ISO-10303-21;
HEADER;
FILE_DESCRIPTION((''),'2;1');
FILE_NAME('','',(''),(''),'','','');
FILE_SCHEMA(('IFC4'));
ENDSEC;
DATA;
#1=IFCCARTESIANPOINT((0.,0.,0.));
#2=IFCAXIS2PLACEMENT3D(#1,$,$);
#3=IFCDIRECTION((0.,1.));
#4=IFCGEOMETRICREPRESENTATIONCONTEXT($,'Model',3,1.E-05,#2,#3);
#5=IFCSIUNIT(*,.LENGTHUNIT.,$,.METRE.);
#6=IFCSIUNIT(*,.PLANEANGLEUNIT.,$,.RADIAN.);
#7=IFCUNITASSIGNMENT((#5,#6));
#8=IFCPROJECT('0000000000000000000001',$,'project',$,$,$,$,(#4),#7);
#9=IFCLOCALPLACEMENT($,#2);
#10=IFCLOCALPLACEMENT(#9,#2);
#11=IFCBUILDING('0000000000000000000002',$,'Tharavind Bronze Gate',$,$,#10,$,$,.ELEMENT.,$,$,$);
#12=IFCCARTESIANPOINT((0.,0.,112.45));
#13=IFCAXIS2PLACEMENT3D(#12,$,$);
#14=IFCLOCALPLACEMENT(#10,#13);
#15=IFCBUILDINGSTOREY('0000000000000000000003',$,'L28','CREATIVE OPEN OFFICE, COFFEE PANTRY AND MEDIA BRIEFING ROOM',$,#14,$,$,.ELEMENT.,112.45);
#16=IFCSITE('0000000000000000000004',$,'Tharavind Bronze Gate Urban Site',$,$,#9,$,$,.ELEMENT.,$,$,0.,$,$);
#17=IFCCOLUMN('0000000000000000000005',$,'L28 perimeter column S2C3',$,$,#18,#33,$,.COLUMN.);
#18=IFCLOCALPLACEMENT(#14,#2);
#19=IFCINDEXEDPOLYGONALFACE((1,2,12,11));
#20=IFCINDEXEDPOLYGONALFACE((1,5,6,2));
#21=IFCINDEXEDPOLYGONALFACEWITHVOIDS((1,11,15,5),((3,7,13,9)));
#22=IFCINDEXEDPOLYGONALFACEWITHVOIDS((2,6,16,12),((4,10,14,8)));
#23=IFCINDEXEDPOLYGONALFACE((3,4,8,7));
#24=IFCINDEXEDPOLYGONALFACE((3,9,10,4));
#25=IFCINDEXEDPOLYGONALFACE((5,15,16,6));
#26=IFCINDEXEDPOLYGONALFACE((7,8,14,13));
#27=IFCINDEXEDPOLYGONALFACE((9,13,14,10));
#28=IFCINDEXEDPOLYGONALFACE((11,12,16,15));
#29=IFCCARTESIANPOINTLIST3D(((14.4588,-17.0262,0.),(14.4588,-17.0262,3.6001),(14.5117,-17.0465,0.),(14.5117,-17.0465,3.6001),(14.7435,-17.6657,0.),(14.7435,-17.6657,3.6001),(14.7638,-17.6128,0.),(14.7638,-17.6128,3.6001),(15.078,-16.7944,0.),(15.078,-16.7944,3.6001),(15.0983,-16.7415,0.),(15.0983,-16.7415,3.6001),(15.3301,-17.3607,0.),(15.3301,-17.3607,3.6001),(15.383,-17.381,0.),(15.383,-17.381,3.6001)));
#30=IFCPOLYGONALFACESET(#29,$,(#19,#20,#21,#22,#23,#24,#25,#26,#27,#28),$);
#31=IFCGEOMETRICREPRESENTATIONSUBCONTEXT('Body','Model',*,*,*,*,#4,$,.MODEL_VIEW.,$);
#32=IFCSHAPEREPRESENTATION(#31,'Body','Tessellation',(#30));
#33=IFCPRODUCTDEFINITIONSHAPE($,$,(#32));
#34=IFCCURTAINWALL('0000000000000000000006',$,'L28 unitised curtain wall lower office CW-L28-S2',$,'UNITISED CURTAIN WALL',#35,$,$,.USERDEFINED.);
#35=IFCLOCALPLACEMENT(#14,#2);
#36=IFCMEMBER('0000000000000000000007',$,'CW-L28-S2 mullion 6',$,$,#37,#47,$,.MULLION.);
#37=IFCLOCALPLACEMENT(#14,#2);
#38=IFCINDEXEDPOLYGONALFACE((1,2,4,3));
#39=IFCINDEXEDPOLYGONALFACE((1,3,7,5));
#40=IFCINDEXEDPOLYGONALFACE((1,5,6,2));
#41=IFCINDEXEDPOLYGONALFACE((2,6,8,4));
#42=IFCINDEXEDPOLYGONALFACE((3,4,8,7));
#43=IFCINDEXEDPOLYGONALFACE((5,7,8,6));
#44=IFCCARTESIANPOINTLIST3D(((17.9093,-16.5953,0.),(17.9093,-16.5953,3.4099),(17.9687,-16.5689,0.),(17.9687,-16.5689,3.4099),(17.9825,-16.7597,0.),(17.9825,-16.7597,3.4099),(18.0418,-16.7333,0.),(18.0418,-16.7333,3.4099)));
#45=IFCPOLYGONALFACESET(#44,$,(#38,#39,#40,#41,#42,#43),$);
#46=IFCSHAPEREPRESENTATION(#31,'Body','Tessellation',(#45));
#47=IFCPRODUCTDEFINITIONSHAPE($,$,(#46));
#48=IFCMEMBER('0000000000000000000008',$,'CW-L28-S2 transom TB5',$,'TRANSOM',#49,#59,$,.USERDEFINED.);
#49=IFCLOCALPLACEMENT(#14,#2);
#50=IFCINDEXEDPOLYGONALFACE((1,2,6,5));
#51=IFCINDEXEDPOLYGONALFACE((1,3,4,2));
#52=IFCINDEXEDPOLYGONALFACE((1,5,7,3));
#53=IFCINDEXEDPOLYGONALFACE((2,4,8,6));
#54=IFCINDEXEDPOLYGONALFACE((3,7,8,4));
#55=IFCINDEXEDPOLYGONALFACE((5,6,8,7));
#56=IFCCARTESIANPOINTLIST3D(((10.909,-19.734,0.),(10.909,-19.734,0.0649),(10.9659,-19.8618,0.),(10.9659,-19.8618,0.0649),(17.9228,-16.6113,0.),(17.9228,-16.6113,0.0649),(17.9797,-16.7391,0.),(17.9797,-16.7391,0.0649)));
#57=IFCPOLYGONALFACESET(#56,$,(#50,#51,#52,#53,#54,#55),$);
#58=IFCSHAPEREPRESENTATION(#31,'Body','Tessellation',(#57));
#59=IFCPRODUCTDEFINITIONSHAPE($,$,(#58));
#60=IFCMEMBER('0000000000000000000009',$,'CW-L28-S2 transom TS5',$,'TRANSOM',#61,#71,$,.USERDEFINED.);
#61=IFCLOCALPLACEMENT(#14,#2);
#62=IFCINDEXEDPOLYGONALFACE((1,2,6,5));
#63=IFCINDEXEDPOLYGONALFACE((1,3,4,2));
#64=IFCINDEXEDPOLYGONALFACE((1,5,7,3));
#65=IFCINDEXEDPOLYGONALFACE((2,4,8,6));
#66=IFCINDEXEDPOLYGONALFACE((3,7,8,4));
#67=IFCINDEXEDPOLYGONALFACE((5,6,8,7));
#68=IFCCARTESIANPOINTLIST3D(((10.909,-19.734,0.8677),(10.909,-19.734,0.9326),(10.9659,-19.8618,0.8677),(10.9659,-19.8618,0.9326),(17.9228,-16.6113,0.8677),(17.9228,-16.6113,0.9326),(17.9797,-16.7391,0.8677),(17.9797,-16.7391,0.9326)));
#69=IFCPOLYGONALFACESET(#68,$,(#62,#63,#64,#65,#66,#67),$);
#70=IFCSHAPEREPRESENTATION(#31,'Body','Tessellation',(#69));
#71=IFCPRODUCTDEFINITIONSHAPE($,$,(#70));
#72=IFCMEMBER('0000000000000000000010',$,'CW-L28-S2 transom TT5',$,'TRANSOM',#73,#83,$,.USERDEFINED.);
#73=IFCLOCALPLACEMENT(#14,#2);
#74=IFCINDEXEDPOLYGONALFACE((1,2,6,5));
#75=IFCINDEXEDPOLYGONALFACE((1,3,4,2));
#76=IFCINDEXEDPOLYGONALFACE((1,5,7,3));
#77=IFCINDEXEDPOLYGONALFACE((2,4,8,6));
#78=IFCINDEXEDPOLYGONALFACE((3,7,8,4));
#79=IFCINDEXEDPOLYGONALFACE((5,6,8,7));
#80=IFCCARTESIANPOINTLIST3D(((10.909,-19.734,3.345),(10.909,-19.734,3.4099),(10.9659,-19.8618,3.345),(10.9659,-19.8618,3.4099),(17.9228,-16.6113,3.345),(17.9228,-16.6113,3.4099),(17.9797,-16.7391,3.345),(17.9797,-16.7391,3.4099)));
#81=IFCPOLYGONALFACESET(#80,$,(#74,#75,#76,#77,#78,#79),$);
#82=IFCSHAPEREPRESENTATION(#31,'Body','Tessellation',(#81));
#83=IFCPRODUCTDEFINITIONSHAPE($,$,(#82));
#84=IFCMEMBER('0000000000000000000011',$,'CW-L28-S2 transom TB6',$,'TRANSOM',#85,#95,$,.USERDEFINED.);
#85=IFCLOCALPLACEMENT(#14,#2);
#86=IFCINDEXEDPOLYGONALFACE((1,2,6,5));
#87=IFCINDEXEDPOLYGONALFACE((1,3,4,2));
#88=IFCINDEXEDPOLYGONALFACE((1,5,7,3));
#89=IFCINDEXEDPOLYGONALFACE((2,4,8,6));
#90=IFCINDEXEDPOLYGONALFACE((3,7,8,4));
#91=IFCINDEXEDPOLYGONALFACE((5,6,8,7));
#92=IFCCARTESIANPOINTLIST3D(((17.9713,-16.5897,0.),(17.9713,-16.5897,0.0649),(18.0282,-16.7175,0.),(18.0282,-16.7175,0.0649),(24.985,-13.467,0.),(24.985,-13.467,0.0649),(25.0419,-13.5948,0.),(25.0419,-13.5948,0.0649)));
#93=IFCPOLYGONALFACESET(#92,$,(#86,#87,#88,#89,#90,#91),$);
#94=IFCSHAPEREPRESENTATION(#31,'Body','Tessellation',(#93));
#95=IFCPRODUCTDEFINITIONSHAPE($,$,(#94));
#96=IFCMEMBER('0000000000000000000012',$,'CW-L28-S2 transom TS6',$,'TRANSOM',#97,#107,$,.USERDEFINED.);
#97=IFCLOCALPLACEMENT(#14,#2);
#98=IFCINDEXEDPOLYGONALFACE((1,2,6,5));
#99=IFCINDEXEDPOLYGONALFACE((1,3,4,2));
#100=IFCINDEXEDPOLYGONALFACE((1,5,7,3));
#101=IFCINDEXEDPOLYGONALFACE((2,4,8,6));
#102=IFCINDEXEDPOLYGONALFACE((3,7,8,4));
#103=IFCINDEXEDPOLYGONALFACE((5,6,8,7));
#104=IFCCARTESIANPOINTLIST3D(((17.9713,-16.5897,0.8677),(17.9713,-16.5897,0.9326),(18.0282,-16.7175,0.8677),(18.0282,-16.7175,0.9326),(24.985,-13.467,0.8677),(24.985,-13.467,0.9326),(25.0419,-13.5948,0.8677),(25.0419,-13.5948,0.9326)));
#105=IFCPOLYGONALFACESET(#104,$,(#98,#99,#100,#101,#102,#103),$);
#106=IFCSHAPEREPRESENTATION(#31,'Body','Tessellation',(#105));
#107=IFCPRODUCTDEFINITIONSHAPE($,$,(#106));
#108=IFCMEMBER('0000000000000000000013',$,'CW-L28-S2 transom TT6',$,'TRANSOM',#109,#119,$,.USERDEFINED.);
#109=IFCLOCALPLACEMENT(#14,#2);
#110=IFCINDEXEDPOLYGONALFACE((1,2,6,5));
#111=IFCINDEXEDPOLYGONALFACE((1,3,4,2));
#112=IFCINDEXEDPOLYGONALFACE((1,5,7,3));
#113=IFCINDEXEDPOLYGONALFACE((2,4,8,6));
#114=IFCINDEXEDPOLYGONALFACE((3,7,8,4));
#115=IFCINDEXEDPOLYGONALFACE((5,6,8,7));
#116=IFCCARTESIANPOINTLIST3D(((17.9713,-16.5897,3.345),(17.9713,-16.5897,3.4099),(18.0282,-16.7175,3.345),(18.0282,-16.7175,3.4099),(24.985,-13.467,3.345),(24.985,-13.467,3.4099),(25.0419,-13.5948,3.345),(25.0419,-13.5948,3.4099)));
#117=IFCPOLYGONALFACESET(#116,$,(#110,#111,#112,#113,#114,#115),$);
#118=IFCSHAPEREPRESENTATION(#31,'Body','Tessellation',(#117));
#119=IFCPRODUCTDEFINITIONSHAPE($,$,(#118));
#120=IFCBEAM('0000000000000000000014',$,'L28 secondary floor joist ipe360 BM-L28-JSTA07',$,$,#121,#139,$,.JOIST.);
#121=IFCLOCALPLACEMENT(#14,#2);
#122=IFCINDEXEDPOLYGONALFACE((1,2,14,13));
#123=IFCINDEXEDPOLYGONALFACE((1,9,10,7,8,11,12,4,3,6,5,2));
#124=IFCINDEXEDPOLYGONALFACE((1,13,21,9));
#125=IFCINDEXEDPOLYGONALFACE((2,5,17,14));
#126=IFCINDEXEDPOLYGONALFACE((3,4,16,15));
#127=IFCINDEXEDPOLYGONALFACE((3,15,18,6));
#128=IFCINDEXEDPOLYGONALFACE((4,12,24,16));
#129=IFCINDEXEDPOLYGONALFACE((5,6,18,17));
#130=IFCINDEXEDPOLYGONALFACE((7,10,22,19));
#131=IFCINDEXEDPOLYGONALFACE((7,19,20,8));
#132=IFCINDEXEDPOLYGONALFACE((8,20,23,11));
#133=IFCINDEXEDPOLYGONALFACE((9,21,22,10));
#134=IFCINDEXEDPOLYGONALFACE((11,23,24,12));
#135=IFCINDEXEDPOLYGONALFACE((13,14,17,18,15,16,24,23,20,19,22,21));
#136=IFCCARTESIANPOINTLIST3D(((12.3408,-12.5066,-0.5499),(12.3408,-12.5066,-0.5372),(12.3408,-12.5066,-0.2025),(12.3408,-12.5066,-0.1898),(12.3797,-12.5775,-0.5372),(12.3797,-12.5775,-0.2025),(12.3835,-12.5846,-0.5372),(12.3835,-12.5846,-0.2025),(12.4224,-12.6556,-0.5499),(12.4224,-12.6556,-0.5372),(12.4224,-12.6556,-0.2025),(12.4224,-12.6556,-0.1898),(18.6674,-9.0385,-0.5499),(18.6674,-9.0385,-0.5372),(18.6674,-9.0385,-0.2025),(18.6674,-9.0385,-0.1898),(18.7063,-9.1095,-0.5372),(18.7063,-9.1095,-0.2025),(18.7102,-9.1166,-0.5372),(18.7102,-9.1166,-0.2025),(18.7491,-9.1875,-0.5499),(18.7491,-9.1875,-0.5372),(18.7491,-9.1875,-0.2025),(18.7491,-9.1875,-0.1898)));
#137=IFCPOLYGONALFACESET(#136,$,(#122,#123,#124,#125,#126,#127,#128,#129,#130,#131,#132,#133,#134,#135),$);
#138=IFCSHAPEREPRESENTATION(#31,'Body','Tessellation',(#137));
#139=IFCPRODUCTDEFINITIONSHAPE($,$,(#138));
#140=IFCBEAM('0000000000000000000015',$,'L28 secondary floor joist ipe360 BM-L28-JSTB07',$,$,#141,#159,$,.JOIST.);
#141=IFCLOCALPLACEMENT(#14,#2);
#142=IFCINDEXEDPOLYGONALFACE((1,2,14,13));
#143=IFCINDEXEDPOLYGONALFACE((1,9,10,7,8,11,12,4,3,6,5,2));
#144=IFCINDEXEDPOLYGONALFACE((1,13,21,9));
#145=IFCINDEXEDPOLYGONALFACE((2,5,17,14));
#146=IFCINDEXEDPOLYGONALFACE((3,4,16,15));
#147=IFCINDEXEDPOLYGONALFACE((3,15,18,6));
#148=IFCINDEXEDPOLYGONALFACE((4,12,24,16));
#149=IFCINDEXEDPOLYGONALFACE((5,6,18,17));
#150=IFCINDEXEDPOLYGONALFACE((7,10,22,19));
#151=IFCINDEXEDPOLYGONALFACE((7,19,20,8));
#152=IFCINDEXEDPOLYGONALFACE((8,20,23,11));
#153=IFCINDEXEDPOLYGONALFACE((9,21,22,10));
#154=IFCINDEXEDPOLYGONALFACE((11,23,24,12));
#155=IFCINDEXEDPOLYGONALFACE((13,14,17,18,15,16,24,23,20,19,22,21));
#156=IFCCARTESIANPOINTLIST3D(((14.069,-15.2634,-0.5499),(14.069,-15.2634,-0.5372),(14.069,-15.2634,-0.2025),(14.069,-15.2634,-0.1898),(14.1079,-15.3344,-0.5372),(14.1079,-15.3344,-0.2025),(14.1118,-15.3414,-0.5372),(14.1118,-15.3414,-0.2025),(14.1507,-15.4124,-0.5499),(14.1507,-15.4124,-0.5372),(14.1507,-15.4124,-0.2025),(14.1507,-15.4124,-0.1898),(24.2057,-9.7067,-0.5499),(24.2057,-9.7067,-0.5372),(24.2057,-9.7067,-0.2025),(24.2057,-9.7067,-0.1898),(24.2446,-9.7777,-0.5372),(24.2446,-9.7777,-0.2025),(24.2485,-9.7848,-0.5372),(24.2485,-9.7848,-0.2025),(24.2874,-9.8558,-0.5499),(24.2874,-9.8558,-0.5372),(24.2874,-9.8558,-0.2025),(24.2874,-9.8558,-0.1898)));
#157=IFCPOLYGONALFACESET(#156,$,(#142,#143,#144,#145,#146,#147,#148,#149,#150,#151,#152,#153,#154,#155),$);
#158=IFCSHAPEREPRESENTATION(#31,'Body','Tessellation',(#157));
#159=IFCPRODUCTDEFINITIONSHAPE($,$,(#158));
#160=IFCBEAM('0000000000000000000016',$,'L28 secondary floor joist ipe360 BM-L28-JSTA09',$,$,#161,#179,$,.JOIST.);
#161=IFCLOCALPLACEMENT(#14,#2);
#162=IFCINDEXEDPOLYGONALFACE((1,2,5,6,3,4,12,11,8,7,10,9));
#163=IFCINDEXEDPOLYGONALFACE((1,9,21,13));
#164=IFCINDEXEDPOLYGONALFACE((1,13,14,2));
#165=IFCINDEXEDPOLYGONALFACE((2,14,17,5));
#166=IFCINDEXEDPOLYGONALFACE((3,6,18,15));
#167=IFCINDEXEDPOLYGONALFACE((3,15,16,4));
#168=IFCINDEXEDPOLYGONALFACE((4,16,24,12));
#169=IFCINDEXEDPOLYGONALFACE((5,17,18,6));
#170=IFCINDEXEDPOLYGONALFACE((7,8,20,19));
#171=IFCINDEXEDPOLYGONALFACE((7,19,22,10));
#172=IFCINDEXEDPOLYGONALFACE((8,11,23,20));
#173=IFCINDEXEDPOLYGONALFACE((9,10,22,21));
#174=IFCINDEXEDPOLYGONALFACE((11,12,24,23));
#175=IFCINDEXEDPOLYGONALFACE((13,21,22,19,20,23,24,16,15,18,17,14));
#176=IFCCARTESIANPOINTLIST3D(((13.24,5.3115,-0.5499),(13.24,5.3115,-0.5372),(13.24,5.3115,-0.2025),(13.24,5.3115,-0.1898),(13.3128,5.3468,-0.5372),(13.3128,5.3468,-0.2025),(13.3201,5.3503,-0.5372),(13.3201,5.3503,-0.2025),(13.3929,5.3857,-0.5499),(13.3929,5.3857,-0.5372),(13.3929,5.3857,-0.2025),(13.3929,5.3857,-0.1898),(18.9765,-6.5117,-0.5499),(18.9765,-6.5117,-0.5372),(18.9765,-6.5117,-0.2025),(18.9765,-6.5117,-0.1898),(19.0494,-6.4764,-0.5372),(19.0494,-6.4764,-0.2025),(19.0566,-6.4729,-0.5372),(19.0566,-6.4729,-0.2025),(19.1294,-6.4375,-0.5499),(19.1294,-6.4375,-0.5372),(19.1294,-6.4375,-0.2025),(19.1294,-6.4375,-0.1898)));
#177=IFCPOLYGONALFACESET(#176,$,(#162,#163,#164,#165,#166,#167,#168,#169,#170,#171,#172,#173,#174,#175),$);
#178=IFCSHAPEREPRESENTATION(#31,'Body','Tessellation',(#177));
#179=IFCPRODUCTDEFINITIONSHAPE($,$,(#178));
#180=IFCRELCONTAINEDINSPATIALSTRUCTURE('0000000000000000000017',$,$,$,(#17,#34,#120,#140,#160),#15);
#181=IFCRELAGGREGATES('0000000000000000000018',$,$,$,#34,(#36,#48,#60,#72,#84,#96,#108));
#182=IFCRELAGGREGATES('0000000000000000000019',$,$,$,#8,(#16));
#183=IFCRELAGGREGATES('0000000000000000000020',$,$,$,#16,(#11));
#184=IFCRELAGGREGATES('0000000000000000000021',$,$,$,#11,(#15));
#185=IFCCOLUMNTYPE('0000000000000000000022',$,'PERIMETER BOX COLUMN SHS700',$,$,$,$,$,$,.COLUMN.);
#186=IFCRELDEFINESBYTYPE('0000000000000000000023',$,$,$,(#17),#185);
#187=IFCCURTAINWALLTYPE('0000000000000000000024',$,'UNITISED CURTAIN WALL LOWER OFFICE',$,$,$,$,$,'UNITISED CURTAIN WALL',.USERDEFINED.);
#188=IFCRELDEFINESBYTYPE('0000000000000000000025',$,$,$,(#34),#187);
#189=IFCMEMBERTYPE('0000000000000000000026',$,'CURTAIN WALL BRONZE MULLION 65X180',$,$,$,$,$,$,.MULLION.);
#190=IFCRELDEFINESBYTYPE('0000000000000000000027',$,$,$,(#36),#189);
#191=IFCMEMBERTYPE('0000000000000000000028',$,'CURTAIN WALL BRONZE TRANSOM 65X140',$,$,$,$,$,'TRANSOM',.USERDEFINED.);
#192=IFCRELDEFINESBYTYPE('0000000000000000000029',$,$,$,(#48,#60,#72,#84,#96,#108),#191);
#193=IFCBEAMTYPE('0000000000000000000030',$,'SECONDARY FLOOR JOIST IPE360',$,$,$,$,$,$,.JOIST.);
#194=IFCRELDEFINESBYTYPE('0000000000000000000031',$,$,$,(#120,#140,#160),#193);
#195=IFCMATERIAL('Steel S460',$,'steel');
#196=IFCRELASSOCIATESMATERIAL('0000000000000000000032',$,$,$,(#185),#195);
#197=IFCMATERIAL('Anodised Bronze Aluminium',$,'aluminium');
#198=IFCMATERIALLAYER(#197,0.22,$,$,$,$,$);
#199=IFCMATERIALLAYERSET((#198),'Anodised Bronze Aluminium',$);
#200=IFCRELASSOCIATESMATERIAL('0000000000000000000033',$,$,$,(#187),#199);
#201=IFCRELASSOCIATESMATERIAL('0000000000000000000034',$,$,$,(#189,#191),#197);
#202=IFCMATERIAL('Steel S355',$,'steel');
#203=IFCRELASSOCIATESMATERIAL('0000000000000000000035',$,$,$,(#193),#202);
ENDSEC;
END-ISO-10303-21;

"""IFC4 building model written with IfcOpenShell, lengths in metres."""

from ifc_helpers import new_model, si_unit, direction, frame, origin, origin_2d, place, context, subcontext, project, spatial, rectangle, hollow_rectangle, i_section, extrude, material, layer, layer_set, material_profile, profile_set, type_object, element, aggregate, save


model = new_model("IFC4")

# Units and contexts
model_context = context("Model", 3, precision=1e-05, world=origin(), true_north=direction((0.0, 1.0)))
body_context = subcontext(model_context, "Body", "Model", "MODEL_VIEW")
ifc_project = project(units=[si_unit("LENGTHUNIT", "METRE"), si_unit("PLANEANGLEUNIT", "RADIAN")], contexts=[model_context])

# Site, building, storey
site_placement = place(None, origin())
site = spatial("IfcSite", under=ifc_project, at=site_placement, Name="Tharavind Bronze Gate Urban Site", CompositionType="ELEMENT", RefElevation=0.0)
building_placement = place(site_placement, origin())
building = spatial("IfcBuilding", under=site, at=building_placement, Name="Tharavind Bronze Gate", CompositionType="ELEMENT")
storey_placement = place(building_placement, frame((0.0, 0.0, 112.45)))
storey = spatial("IfcBuildingStorey", under=building, at=storey_placement, Name="L28", Description="CREATIVE OPEN OFFICE, COFFEE PANTRY AND MEDIA BRIEFING ROOM", CompositionType="ELEMENT", Elevation=112.45)

# Column
ifc_material_1 = material(Name="Steel S460", Category="steel")
ifc_material_profile_1 = material_profile(ifc_material_1, hollow_rectangle(XDim=0.7, YDim=0.7, WallThickness=0.04, at=origin_2d()), Name="SHS700X40")
ifc_profile_set_1 = profile_set([ifc_material_profile_1], Name="Steel S460")
column_type = type_object("IfcColumnType", Name="PERIMETER BOX COLUMN SHS700", PredefinedType="COLUMN", material=ifc_profile_set_1)
column_placement = place(storey_placement, frame((14.9209, -17.2036, 0.0), z_axis=(0.0, 0.0, 1.0), x_axis=(0.913545, 0.406737, 0.0)))
element("IfcColumn", 1, at=column_placement, inside=storey, type_object=column_type, Name="L28 perimeter column S2C3", PredefinedType="COLUMN", context=body_context, shape_type="SweptSolid", body=[
    extrude(hollow_rectangle(XDim=0.7, YDim=0.7, WallThickness=0.04, at=origin_2d()), origin(), (0.0, 0.0, 1.0), 3.6001),
])

# Curtain wall, members
ifc_material_2 = material(Name="Anodised Bronze Aluminium", Category="aluminium")
ifc_layer_1 = layer(ifc_material_2, 0.22)
ifc_layer_set_1 = layer_set([ifc_layer_1], Name="Anodised Bronze Aluminium")
curtain_wall_type = type_object("IfcCurtainWallType", Name="UNITISED CURTAIN WALL LOWER OFFICE", ElementType="UNITISED CURTAIN WALL", PredefinedType="USERDEFINED", material=ifc_layer_set_1)
curtain_wall_placement = place(storey_placement, origin())
curtain_wall = element("IfcCurtainWall", 2, at=curtain_wall_placement, inside=storey, type_object=curtain_wall_type, Name="L28 unitised curtain wall lower office CW-L28-S2", ObjectType="UNITISED CURTAIN WALL", PredefinedType="USERDEFINED")
member_type_1 = type_object("IfcMemberType", Name="CURTAIN WALL BRONZE MULLION 65X180", PredefinedType="MULLION", material=ifc_material_2)
member_1_placement = place(storey_placement, frame((17.9756, -16.6643, 0.0), z_axis=(0.0, 0.0, 1.0), x_axis=(0.913545, 0.406737, 0.0)))
member_1 = element("IfcMember", 3, at=member_1_placement, type_object=member_type_1, Name="CW-L28-S2 mullion 6", PredefinedType="MULLION", context=body_context, shape_type="SweptSolid", body=[
    extrude(rectangle(XDim=0.0649, YDim=0.1799, at=origin_2d()), origin(), (0.0, 0.0, 1.0), 3.4099),
])
member_type_2 = type_object("IfcMemberType", Name="CURTAIN WALL BRONZE TRANSOM 65X140", ElementType="TRANSOM", PredefinedType="USERDEFINED", material=ifc_material_2)
member_2_placement = place(storey_placement, frame((14.4443, -18.2366, 0.0), z_axis=(0.0, 0.0, 1.0), x_axis=(0.913545, 0.406737, 0.0)))
member_2 = element("IfcMember", 4, at=member_2_placement, type_object=member_type_2, Name="CW-L28-S2 transom TB5", ObjectType="TRANSOM", PredefinedType="USERDEFINED", context=body_context, shape_type="SweptSolid", body=[
    extrude(rectangle(XDim=7.6775, YDim=0.1399, at=origin_2d()), origin(), (0.0, 0.0, 1.0), 0.0649),
])
member_3_placement = place(storey_placement, frame((14.4443, -18.2366, 0.8677), z_axis=(0.0, 0.0, 1.0), x_axis=(0.913545, 0.406737, 0.0)))
member_3 = element("IfcMember", 5, at=member_3_placement, type_object=member_type_2, Name="CW-L28-S2 transom TS5", ObjectType="TRANSOM", PredefinedType="USERDEFINED", context=body_context, shape_type="SweptSolid", body=[
    extrude(rectangle(XDim=7.6775, YDim=0.1399, at=origin_2d()), origin(), (0.0, 0.0, 1.0), 0.0649),
])
member_4_placement = place(storey_placement, frame((14.4443, -18.2366, 3.345), z_axis=(0.0, 0.0, 1.0), x_axis=(0.913545, 0.406737, 0.0)))
member_4 = element("IfcMember", 6, at=member_4_placement, type_object=member_type_2, Name="CW-L28-S2 transom TT5", ObjectType="TRANSOM", PredefinedType="USERDEFINED", context=body_context, shape_type="SweptSolid", body=[
    extrude(rectangle(XDim=7.6775, YDim=0.1399, at=origin_2d()), origin(), (0.0, 0.0, 1.0), 0.0649),
])
member_5_placement = place(storey_placement, frame((21.5066, -15.0923, 0.0), z_axis=(0.0, 0.0, 1.0), x_axis=(0.913545, 0.406737, 0.0)))
member_5 = element("IfcMember", 7, at=member_5_placement, type_object=member_type_2, Name="CW-L28-S2 transom TB6", ObjectType="TRANSOM", PredefinedType="USERDEFINED", context=body_context, shape_type="SweptSolid", body=[
    extrude(rectangle(XDim=7.6775, YDim=0.1399, at=origin_2d()), origin(), (0.0, 0.0, 1.0), 0.0649),
])
member_6_placement = place(storey_placement, frame((21.5066, -15.0923, 0.8677), z_axis=(0.0, 0.0, 1.0), x_axis=(0.913545, 0.406737, 0.0)))
member_6 = element("IfcMember", 8, at=member_6_placement, type_object=member_type_2, Name="CW-L28-S2 transom TS6", ObjectType="TRANSOM", PredefinedType="USERDEFINED", context=body_context, shape_type="SweptSolid", body=[
    extrude(rectangle(XDim=7.6775, YDim=0.1399, at=origin_2d()), origin(), (0.0, 0.0, 1.0), 0.0649),
])
member_7_placement = place(storey_placement, frame((21.5066, -15.0923, 3.345), z_axis=(0.0, 0.0, 1.0), x_axis=(0.913545, 0.406737, 0.0)))
member_7 = element("IfcMember", 9, at=member_7_placement, type_object=member_type_2, Name="CW-L28-S2 transom TT6", ObjectType="TRANSOM", PredefinedType="USERDEFINED", context=body_context, shape_type="SweptSolid", body=[
    extrude(rectangle(XDim=7.6775, YDim=0.1399, at=origin_2d()), origin(), (0.0, 0.0, 1.0), 0.0649),
])

# Beams
ifc_material_3 = material(Name="Steel S355", Category="steel")
ifc_material_profile_2 = material_profile(ifc_material_3, i_section(OverallWidth=0.1699, OverallDepth=0.3601, WebThickness=0.0081, FlangeThickness=0.0127, at=origin_2d()), Name="IPE360")
ifc_profile_set_2 = profile_set([ifc_material_profile_2], Name="Steel S355")
beam_type_1 = type_object("IfcBeamType", Name="SECONDARY FLOOR JOIST IPE360", PredefinedType="JOIST", material=ifc_profile_set_2)
beam_1_placement = place(storey_placement, frame((12.3816, -12.5811, -0.3699), z_axis=(0.876897, 0.480679, 0.0), x_axis=(-0.480679, 0.876897, 0.0)))
element("IfcBeam", 10, at=beam_1_placement, inside=storey, type_object=beam_type_1, Name="L28 secondary floor joist ipe360 BM-L28-JSTA07", PredefinedType="JOIST", context=body_context, shape_type="SweptSolid", body=[
    extrude(i_section(OverallWidth=0.1699, OverallDepth=0.3601, WebThickness=0.0081, FlangeThickness=0.0127, at=origin_2d()), origin(), (0.0, 0.0, 1.0), 7.2148),
])
beam_2_placement = place(storey_placement, frame((14.1099, -15.3379, -0.3699), z_axis=(0.876893, 0.480686, 0.0), x_axis=(-0.480686, 0.876893, 0.0)))
element("IfcBeam", 11, at=beam_2_placement, inside=storey, type_object=beam_type_1, Name="L28 secondary floor joist ipe360 BM-L28-JSTB07", PredefinedType="JOIST", context=body_context, shape_type="SweptSolid", body=[
    extrude(i_section(OverallWidth=0.1699, OverallDepth=0.3601, WebThickness=0.0081, FlangeThickness=0.0127, at=origin_2d()), origin(), (0.0, 0.0, 1.0), 11.5598),
])
beam_3_placement = place(storey_placement, frame((19.053, -6.4746, -0.3699), z_axis=(-0.436526, 0.899692, 0.0), x_axis=(-0.899692, -0.436526, 0.0)))
element("IfcBeam", 12, at=beam_3_placement, inside=storey, type_object=beam_type_1, Name="L28 secondary floor joist ipe360 BM-L28-JSTA09", PredefinedType="JOIST", context=body_context, shape_type="SweptSolid", body=[
    extrude(i_section(OverallWidth=0.1699, OverallDepth=0.3601, WebThickness=0.0081, FlangeThickness=0.0127, at=origin_2d()), origin(), (0.0, 0.0, 1.0), 13.1414),
])

aggregate(curtain_wall, [member_1, member_2, member_3, member_4, member_5, member_6, member_7])

save(model, "model.ifc")
